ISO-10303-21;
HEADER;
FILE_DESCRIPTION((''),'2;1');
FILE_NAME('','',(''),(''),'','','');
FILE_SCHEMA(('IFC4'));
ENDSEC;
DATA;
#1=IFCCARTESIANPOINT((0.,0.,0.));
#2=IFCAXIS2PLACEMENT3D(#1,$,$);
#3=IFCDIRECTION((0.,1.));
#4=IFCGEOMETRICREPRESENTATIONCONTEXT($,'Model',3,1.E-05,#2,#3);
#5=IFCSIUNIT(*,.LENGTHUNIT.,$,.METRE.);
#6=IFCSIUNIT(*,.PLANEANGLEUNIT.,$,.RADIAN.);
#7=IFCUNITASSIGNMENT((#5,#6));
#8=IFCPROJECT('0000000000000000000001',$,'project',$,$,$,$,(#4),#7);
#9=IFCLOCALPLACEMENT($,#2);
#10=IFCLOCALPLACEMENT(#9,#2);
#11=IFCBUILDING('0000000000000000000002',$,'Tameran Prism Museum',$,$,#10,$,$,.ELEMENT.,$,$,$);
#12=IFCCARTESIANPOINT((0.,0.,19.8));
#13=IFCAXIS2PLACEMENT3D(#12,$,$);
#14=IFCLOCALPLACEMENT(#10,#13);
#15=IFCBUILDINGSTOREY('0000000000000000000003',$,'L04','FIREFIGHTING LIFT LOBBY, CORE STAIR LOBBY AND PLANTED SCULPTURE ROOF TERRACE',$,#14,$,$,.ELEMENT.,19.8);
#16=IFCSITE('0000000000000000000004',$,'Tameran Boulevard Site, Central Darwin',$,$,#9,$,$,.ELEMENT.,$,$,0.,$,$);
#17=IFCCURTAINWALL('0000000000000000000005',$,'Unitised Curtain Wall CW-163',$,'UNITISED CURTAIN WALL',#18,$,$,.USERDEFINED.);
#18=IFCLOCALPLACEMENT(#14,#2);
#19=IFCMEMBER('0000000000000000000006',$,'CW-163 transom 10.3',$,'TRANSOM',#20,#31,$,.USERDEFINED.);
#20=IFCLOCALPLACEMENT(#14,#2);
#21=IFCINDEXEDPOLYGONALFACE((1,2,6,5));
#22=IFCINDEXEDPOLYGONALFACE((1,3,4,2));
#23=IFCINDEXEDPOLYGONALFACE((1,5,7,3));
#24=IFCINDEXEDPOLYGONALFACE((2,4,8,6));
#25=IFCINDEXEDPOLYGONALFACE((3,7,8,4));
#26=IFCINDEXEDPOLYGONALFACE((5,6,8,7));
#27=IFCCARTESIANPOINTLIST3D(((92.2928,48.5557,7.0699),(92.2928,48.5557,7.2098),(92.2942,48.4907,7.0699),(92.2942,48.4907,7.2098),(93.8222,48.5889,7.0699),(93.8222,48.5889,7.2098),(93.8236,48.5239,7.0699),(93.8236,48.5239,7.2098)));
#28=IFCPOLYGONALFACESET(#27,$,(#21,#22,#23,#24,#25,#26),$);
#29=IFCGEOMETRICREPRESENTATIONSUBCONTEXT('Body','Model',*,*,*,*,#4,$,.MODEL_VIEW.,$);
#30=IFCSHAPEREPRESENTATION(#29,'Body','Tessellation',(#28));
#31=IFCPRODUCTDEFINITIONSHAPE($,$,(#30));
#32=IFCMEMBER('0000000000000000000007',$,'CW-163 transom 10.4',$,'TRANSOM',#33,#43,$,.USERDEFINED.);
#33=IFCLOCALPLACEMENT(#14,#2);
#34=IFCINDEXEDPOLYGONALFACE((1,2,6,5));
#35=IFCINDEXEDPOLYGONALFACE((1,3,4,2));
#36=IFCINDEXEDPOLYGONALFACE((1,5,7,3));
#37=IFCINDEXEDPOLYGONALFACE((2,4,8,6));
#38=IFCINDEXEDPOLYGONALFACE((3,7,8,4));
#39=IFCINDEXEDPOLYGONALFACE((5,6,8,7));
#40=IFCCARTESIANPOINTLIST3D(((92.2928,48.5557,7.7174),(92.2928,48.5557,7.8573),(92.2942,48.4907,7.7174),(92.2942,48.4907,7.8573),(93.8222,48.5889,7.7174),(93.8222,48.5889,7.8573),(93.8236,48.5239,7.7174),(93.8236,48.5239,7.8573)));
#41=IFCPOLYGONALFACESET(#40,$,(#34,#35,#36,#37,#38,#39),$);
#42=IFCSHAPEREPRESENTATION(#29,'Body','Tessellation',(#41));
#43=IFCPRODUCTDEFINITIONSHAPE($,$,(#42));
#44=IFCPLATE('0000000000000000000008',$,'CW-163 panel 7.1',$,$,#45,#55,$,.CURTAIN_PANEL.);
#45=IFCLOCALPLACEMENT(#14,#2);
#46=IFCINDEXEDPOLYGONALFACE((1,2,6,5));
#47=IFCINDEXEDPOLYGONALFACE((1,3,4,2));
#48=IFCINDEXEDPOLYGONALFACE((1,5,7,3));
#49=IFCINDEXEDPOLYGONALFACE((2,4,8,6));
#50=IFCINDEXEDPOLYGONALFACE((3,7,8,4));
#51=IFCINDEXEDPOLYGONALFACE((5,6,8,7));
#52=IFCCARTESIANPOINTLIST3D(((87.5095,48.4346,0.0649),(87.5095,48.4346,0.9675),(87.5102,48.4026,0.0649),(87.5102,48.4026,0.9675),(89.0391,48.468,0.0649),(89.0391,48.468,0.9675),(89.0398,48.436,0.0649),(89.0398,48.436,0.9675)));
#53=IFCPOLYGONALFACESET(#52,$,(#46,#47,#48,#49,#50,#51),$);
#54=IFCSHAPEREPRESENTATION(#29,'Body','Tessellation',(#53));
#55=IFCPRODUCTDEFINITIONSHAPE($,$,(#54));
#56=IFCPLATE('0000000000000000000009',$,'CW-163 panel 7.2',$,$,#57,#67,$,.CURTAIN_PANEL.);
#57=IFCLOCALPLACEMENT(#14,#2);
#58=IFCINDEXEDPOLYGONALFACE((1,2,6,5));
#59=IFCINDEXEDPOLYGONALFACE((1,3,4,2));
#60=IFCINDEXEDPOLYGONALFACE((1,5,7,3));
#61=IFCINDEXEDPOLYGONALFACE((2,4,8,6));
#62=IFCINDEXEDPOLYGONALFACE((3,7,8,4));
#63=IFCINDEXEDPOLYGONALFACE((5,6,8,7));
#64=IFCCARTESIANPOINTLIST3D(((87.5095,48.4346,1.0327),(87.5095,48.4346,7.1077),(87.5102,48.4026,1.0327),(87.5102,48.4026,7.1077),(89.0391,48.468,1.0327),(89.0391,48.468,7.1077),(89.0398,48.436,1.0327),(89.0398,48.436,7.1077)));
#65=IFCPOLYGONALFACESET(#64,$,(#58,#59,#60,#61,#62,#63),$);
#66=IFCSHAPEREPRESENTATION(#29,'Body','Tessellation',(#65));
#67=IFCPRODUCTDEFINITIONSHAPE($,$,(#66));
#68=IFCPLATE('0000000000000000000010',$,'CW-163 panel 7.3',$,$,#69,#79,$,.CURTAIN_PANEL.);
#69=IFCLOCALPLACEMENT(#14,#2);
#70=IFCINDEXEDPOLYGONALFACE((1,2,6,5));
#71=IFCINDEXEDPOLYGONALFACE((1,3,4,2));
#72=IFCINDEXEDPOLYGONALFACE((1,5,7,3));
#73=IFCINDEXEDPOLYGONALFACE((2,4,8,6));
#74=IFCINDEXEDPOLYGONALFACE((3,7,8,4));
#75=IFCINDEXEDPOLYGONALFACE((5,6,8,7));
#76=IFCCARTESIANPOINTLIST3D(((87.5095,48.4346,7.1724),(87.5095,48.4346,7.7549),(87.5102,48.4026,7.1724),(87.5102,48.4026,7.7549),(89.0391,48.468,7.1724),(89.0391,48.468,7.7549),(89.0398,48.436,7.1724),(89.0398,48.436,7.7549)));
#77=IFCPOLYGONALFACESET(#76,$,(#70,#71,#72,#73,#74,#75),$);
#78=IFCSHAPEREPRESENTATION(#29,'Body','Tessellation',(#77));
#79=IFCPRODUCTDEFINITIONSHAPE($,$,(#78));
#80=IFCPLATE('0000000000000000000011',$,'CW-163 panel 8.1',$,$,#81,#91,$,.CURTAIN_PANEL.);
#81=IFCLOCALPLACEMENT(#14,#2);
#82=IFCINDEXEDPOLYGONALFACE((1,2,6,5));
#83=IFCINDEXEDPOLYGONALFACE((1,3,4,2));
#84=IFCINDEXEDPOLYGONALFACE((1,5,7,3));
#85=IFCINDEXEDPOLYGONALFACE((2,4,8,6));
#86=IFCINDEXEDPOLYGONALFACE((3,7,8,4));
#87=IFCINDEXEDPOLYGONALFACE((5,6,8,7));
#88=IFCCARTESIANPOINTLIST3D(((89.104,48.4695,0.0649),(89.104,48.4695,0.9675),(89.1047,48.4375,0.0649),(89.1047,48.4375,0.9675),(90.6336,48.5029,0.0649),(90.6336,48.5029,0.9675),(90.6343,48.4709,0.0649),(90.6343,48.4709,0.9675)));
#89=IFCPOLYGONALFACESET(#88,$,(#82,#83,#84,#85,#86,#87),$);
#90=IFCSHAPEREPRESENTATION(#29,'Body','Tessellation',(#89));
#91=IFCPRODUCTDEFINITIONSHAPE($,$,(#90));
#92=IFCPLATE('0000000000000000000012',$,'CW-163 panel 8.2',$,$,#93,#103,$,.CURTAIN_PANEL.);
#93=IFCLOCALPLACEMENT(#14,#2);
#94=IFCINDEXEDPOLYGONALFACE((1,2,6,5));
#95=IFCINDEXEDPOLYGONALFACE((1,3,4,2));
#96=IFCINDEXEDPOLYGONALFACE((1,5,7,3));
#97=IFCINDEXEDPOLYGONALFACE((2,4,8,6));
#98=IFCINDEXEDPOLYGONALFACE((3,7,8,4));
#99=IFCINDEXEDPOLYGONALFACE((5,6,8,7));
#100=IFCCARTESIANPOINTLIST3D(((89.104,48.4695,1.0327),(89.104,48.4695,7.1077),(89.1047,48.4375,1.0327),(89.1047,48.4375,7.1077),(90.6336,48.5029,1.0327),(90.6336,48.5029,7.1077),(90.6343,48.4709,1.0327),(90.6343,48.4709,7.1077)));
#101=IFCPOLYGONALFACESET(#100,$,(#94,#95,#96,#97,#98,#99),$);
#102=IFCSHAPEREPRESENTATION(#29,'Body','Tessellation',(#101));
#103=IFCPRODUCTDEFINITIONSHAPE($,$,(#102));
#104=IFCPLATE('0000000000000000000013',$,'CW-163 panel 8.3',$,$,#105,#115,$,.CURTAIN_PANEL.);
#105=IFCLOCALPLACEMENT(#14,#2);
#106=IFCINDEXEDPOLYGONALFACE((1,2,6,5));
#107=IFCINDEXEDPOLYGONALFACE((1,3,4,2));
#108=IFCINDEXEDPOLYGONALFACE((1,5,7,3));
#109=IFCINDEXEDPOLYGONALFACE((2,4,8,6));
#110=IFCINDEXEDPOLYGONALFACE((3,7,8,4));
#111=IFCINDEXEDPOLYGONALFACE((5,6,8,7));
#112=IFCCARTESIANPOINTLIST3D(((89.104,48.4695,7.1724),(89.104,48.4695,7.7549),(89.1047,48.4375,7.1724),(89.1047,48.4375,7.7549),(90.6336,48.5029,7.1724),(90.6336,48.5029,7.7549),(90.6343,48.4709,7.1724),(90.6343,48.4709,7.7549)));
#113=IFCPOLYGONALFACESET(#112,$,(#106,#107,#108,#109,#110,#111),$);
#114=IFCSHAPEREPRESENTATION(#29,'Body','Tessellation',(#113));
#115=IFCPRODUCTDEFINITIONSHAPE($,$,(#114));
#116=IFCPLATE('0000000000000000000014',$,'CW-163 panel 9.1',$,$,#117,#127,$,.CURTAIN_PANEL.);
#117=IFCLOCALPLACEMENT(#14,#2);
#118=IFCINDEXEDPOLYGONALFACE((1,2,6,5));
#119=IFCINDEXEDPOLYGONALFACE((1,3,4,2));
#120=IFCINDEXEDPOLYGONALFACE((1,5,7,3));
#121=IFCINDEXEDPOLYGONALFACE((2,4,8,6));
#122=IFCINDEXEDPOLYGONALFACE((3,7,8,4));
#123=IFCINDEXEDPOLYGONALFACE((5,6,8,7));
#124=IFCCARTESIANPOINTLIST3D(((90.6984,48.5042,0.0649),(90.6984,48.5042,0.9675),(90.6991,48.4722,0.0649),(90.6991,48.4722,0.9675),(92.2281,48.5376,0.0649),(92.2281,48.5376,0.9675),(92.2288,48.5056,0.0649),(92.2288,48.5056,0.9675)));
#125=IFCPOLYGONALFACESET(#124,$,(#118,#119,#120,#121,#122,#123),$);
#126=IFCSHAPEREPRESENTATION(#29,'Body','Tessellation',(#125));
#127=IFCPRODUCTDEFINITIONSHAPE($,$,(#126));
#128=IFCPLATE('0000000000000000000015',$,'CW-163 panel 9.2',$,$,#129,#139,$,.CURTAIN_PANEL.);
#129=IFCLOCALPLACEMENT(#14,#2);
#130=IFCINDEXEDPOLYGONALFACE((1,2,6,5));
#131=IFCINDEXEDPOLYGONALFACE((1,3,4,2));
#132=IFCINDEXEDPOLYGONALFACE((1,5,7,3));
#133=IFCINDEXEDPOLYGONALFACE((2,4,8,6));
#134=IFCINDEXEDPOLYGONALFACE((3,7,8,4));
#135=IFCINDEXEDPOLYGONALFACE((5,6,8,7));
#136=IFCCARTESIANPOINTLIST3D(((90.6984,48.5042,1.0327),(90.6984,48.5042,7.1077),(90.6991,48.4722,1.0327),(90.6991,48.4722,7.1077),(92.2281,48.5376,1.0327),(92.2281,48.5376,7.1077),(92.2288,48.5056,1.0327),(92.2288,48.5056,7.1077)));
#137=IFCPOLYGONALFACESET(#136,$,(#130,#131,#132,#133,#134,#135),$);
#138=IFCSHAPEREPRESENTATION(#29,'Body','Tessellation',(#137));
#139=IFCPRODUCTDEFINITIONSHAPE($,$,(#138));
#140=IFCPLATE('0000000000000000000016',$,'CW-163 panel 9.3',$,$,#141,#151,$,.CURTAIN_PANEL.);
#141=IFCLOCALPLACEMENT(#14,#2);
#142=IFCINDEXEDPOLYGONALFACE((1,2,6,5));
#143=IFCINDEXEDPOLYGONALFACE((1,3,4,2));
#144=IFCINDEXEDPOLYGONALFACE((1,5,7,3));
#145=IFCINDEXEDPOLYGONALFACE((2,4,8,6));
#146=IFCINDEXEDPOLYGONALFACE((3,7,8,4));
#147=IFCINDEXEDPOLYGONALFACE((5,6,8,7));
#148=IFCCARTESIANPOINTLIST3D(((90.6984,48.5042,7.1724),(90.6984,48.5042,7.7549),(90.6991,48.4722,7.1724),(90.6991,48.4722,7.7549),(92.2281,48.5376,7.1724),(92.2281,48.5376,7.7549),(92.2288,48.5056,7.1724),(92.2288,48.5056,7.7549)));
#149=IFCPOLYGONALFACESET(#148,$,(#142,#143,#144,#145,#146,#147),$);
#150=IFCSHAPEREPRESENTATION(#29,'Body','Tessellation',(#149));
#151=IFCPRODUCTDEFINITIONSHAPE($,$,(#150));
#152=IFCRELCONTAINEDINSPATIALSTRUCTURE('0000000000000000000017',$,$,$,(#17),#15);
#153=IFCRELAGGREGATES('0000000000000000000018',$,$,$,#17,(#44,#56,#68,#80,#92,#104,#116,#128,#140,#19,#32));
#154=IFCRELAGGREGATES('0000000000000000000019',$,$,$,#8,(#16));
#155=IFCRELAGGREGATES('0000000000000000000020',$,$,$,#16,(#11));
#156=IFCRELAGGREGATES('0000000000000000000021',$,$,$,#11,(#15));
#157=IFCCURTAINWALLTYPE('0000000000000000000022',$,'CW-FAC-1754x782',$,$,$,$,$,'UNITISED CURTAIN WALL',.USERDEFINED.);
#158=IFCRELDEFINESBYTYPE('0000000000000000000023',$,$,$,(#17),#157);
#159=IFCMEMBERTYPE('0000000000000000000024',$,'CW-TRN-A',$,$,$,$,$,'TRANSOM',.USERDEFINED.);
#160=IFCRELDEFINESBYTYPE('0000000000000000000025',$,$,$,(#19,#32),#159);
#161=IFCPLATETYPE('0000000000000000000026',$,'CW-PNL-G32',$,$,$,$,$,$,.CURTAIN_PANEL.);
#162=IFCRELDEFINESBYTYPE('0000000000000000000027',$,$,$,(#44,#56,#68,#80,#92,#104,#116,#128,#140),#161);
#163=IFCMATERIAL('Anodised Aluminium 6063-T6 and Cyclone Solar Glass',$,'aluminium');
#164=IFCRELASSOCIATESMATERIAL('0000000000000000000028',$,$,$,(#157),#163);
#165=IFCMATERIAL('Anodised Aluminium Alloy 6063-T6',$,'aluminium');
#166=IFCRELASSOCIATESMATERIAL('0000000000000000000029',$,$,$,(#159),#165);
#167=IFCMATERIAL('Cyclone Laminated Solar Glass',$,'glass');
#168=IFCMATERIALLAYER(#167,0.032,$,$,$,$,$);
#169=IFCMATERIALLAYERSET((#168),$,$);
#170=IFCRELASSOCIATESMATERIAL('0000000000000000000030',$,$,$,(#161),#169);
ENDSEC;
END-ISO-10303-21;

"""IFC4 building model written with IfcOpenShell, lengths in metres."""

from ifc_helpers import new_model, si_unit, direction, frame, origin, origin_2d, place, context, subcontext, project, spatial, rectangle, extrude, material, layer, layer_set, material_profile, profile_set, type_object, element, aggregate, save


model = new_model("IFC4")

# Units and contexts
model_context = context("Model", 3, precision=1e-05, world=origin(), true_north=direction((0.0, 1.0)))
body_context = subcontext(model_context, "Body", "Model", "MODEL_VIEW")
ifc_project = project(units=[si_unit("LENGTHUNIT", "METRE"), si_unit("PLANEANGLEUNIT", "RADIAN")], contexts=[model_context])

# Site, building, storey
site_placement = place(None, origin())
site = spatial("IfcSite", under=ifc_project, at=site_placement, Name="Tameran Boulevard Site, Central Darwin", CompositionType="ELEMENT", RefElevation=0.0)
building_placement = place(site_placement, origin())
building = spatial("IfcBuilding", under=site, at=building_placement, Name="Tameran Prism Museum", CompositionType="ELEMENT")
storey_placement = place(building_placement, frame((0.0, 0.0, 19.8)))
storey = spatial("IfcBuildingStorey", under=building, at=storey_placement, Name="L04", Description="FIREFIGHTING LIFT LOBBY, CORE STAIR LOBBY AND PLANTED SCULPTURE ROOF TERRACE", CompositionType="ELEMENT", Elevation=19.8)

# Curtain wall, members, plates
ifc_material_1 = material(Name="Anodised Aluminium 6063-T6 and Cyclone Solar Glass", Category="aluminium")
curtain_wall_type = type_object("IfcCurtainWallType", Name="CW-FAC-1754x782", ElementType="UNITISED CURTAIN WALL", PredefinedType="USERDEFINED", material=ifc_material_1)
curtain_wall_placement = place(storey_placement, origin())
curtain_wall = element("IfcCurtainWall", 1, at=curtain_wall_placement, inside=storey, type_object=curtain_wall_type, Name="Unitised Curtain Wall CW-163", ObjectType="UNITISED CURTAIN WALL", PredefinedType="USERDEFINED")
ifc_material_2 = material(Name="Anodised Aluminium Alloy 6063-T6", Category="aluminium")
ifc_material_profile_1 = material_profile(ifc_material_2, rectangle(XDim=0.0649, YDim=0.1399, at=origin_2d()))
ifc_profile_set_1 = profile_set([ifc_material_profile_1])
member_type_1 = type_object("IfcMemberType", Name="CW-TRN-A", ElementType="TRANSOM", PredefinedType="USERDEFINED", material=ifc_profile_set_1)
member_1_placement = place(storey_placement, frame((92.2935, 48.5232, 7.1399), z_axis=(0.999764, 0.021703, 0.0), x_axis=(-0.021703, 0.999764, 0.0)))
member_1 = element("IfcMember", 2, at=member_1_placement, type_object=member_type_1, Name="CW-163 transom 10.3", ObjectType="TRANSOM", PredefinedType="USERDEFINED", context=body_context, shape_type="SweptSolid", body=[
    extrude(rectangle(XDim=0.0649, YDim=0.1399, at=origin_2d()), origin(), (0.0, 0.0, 1.0), 1.5298),
])
member_2_placement = place(storey_placement, frame((92.2935, 48.5232, 7.7874), z_axis=(0.999764, 0.021703, 0.0), x_axis=(-0.021703, 0.999764, 0.0)))
member_2 = element("IfcMember", 3, at=member_2_placement, type_object=member_type_1, Name="CW-163 transom 10.4", ObjectType="TRANSOM", PredefinedType="USERDEFINED", context=body_context, shape_type="SweptSolid", body=[
    extrude(rectangle(XDim=0.0649, YDim=0.1399, at=origin_2d()), origin(), (0.0, 0.0, 1.0), 1.5298),
])
ifc_material_3 = material(Name="Cyclone Laminated Solar Glass", Category="glass")
ifc_layer = layer(ifc_material_3, 0.032)
ifc_layer_set = layer_set([ifc_layer])
plate_type = type_object("IfcPlateType", Name="CW-PNL-G32", PredefinedType="CURTAIN_PANEL", material=ifc_layer_set)
plate_1_placement = place(storey_placement, frame((88.2747, 48.4353, 0.0649), z_axis=(0.0, 0.0, 1.0), x_axis=(0.999762, 0.021831, 0.0)))
plate_1 = element("IfcPlate", 4, at=plate_1_placement, type_object=plate_type, Name="CW-163 panel 7.1", PredefinedType="CURTAIN_PANEL", context=body_context, shape_type="SweptSolid", body=[
    extrude(rectangle(XDim=1.53, YDim=0.032, at=origin_2d()), origin(), (0.0, 0.0, 1.0), 0.9026),
])
plate_2_placement = place(storey_placement, frame((88.2747, 48.4353, 1.0327), z_axis=(0.0, 0.0, 1.0), x_axis=(0.999762, 0.021831, 0.0)))
plate_2 = element("IfcPlate", 5, at=plate_2_placement, type_object=plate_type, Name="CW-163 panel 7.2", PredefinedType="CURTAIN_PANEL", context=body_context, shape_type="SweptSolid", body=[
    extrude(rectangle(XDim=1.53, YDim=0.032, at=origin_2d()), origin(), (0.0, 0.0, 1.0), 6.075),
])
plate_3_placement = place(storey_placement, frame((88.2747, 48.4353, 7.1724), z_axis=(0.0, 0.0, 1.0), x_axis=(0.999762, 0.021831, 0.0)))
plate_3 = element("IfcPlate", 6, at=plate_3_placement, type_object=plate_type, Name="CW-163 panel 7.3", PredefinedType="CURTAIN_PANEL", context=body_context, shape_type="SweptSolid", body=[
    extrude(rectangle(XDim=1.53, YDim=0.032, at=origin_2d()), origin(), (0.0, 0.0, 1.0), 0.5825),
])
plate_4_placement = place(storey_placement, frame((89.8691, 48.4702, 0.0649), z_axis=(0.0, 0.0, 1.0), x_axis=(0.999762, 0.021831, 0.0)))
plate_4 = element("IfcPlate", 7, at=plate_4_placement, type_object=plate_type, Name="CW-163 panel 8.1", PredefinedType="CURTAIN_PANEL", context=body_context, shape_type="SweptSolid", body=[
    extrude(rectangle(XDim=1.53, YDim=0.032, at=origin_2d()), origin(), (0.0, 0.0, 1.0), 0.9026),
])
plate_5_placement = place(storey_placement, frame((89.8691, 48.4702, 1.0327), z_axis=(0.0, 0.0, 1.0), x_axis=(0.999762, 0.021831, 0.0)))
plate_5 = element("IfcPlate", 8, at=plate_5_placement, type_object=plate_type, Name="CW-163 panel 8.2", PredefinedType="CURTAIN_PANEL", context=body_context, shape_type="SweptSolid", body=[
    extrude(rectangle(XDim=1.53, YDim=0.032, at=origin_2d()), origin(), (0.0, 0.0, 1.0), 6.075),
])
plate_6_placement = place(storey_placement, frame((89.8691, 48.4702, 7.1724), z_axis=(0.0, 0.0, 1.0), x_axis=(0.999762, 0.021831, 0.0)))
plate_6 = element("IfcPlate", 9, at=plate_6_placement, type_object=plate_type, Name="CW-163 panel 8.3", PredefinedType="CURTAIN_PANEL", context=body_context, shape_type="SweptSolid", body=[
    extrude(rectangle(XDim=1.53, YDim=0.032, at=origin_2d()), origin(), (0.0, 0.0, 1.0), 0.5825),
])
plate_7_placement = place(storey_placement, frame((91.4636, 48.5049, 0.0649), z_axis=(0.0, 0.0, 1.0), x_axis=(0.999762, 0.021831, 0.0)))
plate_7 = element("IfcPlate", 10, at=plate_7_placement, type_object=plate_type, Name="CW-163 panel 9.1", PredefinedType="CURTAIN_PANEL", context=body_context, shape_type="SweptSolid", body=[
    extrude(rectangle(XDim=1.53, YDim=0.032, at=origin_2d()), origin(), (0.0, 0.0, 1.0), 0.9026),
])
plate_8_placement = place(storey_placement, frame((91.4636, 48.5049, 1.0327), z_axis=(0.0, 0.0, 1.0), x_axis=(0.999762, 0.021831, 0.0)))
plate_8 = element("IfcPlate", 11, at=plate_8_placement, type_object=plate_type, Name="CW-163 panel 9.2", PredefinedType="CURTAIN_PANEL", context=body_context, shape_type="SweptSolid", body=[
    extrude(rectangle(XDim=1.53, YDim=0.032, at=origin_2d()), origin(), (0.0, 0.0, 1.0), 6.075),
])
plate_9_placement = place(storey_placement, frame((91.4636, 48.5049, 7.1724), z_axis=(0.0, 0.0, 1.0), x_axis=(0.999762, 0.021831, 0.0)))
plate_9 = element("IfcPlate", 12, at=plate_9_placement, type_object=plate_type, Name="CW-163 panel 9.3", PredefinedType="CURTAIN_PANEL", context=body_context, shape_type="SweptSolid", body=[
    extrude(rectangle(XDim=1.53, YDim=0.032, at=origin_2d()), origin(), (0.0, 0.0, 1.0), 0.5825),
])
aggregate(curtain_wall, [plate_1, plate_2, plate_3, plate_4, plate_5, plate_6, plate_7, plate_8, plate_9, member_1, member_2])

save(model, "model.ifc")
